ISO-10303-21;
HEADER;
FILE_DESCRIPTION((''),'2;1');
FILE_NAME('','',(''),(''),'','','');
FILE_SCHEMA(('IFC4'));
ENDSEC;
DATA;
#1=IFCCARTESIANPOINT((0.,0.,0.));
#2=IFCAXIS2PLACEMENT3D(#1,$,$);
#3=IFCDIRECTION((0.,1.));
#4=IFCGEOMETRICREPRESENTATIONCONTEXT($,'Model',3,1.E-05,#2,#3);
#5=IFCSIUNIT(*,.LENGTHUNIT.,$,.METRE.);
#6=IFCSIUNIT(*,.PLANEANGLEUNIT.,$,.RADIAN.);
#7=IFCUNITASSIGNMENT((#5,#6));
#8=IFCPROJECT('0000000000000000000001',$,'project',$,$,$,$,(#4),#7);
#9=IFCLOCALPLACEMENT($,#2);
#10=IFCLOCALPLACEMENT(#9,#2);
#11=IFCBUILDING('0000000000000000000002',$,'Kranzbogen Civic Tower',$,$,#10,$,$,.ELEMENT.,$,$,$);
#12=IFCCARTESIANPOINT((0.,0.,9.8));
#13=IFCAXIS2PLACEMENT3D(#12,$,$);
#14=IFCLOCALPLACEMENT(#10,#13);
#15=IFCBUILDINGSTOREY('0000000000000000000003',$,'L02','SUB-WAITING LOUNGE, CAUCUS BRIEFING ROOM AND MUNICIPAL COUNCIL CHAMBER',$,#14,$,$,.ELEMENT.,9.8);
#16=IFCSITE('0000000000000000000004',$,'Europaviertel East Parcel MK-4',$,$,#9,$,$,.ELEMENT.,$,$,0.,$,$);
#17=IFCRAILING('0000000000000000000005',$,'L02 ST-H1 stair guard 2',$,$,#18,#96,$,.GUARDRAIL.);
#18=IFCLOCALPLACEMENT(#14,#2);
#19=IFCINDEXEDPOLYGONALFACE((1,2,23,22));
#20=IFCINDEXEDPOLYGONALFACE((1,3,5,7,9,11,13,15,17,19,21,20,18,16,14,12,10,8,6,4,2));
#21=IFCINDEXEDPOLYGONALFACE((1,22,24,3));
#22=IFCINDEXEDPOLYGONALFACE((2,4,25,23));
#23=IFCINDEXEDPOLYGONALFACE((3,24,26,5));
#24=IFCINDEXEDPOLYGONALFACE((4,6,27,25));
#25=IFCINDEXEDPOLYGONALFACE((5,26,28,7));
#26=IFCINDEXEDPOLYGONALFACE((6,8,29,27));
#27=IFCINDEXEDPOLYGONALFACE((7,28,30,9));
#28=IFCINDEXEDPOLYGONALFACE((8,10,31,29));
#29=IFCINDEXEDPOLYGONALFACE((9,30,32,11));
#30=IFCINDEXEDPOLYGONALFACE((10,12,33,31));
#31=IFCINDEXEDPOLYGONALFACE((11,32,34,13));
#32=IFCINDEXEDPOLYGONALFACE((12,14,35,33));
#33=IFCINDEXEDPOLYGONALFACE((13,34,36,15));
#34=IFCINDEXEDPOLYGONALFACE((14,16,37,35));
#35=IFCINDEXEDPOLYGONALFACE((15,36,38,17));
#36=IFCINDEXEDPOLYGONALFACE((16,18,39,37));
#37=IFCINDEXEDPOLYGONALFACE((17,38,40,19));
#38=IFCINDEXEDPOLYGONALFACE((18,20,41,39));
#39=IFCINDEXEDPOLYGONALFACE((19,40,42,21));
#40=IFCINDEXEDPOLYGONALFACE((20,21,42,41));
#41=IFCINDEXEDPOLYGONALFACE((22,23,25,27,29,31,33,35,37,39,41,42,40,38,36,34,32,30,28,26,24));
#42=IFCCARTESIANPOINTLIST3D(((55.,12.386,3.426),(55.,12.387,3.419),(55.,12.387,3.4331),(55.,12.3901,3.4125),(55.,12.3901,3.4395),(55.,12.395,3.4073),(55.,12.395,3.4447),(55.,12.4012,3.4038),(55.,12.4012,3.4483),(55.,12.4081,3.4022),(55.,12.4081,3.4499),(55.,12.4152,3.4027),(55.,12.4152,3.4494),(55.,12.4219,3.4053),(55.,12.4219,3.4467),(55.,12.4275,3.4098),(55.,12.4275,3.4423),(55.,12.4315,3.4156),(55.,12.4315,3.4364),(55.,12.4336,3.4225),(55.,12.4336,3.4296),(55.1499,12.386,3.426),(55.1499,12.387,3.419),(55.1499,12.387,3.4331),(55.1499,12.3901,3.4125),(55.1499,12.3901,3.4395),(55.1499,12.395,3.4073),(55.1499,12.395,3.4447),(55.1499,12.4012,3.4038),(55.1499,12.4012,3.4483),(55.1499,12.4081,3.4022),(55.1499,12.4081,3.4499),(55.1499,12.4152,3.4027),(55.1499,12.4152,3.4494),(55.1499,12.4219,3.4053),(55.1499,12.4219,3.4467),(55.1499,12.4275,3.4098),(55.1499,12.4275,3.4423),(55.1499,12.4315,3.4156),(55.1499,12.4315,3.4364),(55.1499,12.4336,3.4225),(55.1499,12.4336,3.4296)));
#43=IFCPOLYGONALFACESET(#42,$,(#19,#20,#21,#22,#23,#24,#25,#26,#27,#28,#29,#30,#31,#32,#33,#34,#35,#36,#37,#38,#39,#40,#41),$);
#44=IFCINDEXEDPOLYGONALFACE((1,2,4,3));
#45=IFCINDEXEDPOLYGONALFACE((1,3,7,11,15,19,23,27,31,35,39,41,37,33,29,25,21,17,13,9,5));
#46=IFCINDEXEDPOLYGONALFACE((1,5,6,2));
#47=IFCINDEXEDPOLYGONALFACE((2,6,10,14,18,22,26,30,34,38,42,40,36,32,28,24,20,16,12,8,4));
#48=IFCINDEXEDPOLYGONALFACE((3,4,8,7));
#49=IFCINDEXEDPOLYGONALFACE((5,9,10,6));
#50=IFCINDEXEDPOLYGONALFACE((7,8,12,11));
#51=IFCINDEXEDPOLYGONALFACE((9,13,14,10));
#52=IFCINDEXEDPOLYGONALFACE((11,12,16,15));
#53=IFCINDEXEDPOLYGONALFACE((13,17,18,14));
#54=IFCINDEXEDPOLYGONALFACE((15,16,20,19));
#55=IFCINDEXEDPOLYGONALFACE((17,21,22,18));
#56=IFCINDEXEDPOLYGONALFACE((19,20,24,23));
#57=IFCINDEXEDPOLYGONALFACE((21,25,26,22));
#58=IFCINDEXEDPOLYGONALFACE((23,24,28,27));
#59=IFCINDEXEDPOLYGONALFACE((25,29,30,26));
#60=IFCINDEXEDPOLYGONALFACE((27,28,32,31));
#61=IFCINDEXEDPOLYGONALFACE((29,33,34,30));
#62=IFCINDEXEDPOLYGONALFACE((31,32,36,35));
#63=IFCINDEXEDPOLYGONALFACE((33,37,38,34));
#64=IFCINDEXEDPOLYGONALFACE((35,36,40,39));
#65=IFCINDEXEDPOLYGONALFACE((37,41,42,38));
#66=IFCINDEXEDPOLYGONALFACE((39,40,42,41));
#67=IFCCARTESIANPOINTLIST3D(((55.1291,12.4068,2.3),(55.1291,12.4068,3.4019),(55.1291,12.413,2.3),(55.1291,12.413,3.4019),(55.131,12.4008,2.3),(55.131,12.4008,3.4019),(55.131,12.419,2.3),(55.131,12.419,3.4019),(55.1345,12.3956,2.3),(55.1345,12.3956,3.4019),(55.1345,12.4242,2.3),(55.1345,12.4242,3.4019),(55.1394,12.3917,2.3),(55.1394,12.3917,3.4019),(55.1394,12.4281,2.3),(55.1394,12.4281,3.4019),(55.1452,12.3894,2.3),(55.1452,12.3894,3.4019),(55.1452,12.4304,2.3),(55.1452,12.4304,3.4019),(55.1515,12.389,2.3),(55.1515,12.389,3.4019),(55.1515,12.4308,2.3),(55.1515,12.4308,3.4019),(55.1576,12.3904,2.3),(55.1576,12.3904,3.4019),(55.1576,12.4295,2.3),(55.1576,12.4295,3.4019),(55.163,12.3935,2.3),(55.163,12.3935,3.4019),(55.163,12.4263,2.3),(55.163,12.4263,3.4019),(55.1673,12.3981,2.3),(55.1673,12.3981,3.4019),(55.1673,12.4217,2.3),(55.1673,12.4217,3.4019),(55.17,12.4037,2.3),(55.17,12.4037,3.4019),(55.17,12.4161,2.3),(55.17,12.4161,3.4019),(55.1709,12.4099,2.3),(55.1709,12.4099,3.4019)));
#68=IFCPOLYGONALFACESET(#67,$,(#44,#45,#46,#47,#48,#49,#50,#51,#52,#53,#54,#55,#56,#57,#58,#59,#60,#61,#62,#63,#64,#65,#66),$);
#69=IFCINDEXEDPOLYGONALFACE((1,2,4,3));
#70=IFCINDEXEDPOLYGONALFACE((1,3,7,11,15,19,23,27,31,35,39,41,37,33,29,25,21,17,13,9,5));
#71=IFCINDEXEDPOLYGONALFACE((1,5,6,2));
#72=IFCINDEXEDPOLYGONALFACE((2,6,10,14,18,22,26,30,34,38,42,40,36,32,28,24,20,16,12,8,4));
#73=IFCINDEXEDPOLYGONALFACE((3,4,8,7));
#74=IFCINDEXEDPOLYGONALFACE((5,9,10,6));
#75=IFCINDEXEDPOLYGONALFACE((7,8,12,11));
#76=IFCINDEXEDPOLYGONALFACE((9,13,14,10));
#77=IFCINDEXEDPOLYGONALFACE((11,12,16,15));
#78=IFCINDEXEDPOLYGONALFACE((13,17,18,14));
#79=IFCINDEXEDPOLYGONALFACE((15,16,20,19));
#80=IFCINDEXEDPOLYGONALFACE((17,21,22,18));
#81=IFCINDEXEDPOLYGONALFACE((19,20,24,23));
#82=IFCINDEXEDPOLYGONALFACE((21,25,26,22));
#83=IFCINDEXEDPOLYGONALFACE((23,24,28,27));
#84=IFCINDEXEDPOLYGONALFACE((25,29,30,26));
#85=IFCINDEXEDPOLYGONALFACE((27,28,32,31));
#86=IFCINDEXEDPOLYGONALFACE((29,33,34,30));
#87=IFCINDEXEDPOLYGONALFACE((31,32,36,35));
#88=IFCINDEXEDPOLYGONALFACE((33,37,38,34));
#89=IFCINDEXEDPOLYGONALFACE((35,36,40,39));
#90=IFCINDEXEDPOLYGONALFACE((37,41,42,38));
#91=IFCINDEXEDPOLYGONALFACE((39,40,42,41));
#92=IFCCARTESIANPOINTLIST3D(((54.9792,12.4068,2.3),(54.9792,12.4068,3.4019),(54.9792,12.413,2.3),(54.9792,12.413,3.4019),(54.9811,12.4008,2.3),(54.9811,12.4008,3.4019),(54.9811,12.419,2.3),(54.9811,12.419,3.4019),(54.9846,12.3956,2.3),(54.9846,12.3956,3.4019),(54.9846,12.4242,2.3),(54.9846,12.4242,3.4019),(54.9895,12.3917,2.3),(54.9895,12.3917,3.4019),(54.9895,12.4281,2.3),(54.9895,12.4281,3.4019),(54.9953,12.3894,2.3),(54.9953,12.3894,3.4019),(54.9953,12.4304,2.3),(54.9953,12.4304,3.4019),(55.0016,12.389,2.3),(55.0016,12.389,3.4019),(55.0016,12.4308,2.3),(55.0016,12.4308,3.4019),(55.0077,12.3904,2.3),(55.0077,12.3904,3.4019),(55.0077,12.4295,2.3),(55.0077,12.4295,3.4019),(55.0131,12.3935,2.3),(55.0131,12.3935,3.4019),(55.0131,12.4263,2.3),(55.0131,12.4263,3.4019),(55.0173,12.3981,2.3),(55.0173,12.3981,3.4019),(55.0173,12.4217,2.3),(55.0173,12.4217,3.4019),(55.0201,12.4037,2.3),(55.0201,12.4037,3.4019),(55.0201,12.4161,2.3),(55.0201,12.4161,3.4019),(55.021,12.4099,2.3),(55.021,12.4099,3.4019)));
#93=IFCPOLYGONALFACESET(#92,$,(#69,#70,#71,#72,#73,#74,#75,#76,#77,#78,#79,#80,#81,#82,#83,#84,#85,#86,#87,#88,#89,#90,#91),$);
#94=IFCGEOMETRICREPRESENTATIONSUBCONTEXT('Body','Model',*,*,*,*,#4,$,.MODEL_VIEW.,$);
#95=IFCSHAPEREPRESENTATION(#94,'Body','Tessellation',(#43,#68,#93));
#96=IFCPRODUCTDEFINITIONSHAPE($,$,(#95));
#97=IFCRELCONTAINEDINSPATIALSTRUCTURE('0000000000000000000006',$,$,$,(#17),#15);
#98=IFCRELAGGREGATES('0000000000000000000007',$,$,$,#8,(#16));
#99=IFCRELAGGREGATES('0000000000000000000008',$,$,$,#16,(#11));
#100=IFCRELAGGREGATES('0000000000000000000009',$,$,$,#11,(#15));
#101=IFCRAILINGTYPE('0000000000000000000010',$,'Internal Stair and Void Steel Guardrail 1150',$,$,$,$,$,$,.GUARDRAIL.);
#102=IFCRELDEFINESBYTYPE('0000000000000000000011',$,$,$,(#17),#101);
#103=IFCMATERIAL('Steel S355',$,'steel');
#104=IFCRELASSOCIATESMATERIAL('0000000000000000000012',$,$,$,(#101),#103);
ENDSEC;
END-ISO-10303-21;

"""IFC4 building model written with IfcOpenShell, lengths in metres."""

from ifc_helpers import new_model, si_unit, direction, frame, origin, origin_2d, place, context, subcontext, project, spatial, circle, extrude, material, type_object, element, save


model = new_model("IFC4")

# Units and contexts
model_context = context("Model", 3, precision=1e-05, world=origin(), true_north=direction((0.0, 1.0)))
body_context = subcontext(model_context, "Body", "Model", "MODEL_VIEW")
ifc_project = project(units=[si_unit("LENGTHUNIT", "METRE"), si_unit("PLANEANGLEUNIT", "RADIAN")], contexts=[model_context])

# Site, building, storey
site_placement = place(None, origin())
site = spatial("IfcSite", under=ifc_project, at=site_placement, Name="Europaviertel East Parcel MK-4", CompositionType="ELEMENT", RefElevation=0.0)
building_placement = place(site_placement, origin())
building = spatial("IfcBuilding", under=site, at=building_placement, Name="Kranzbogen Civic Tower", CompositionType="ELEMENT")
storey_placement = place(building_placement, frame((0.0, 0.0, 9.8)))
storey = spatial("IfcBuildingStorey", under=building, at=storey_placement, Name="L02", Description="SUB-WAITING LOUNGE, CAUCUS BRIEFING ROOM AND MUNICIPAL COUNCIL CHAMBER", CompositionType="ELEMENT", Elevation=9.8)

# Shared definitions
ifc_material_1 = material(Name="Steel S355", Category="steel")

# Railing
railing_type_1 = type_object("IfcRailingType", Name="Internal Stair and Void Steel Guardrail 1150", PredefinedType="GUARDRAIL", material=ifc_material_1)
railing_1_placement = place(storey_placement, frame((55.1499, 12.4099, 2.3)))
element("IfcRailing", 1, at=railing_1_placement, inside=storey, type_object=railing_type_1, Name="L02 ST-H1 stair guard 2", PredefinedType="GUARDRAIL", context=body_context, shape_type="SweptSolid", body=[
    extrude(circle(Radius=0.0239, at=origin_2d()), frame((0.0, 0.0, 1.126), z_axis=(-1.0, 0.0, 0.0), x_axis=(0.0, -1.0, 0.0)), (0.0, 0.0, 1.0), 0.1499),
    extrude(circle(Radius=0.021, at=origin_2d()), origin(), (0.0, 0.0, 1.0), 1.1018),
    extrude(circle(Radius=0.021, at=origin_2d()), frame((-0.1499, 0.0, 0.0)), (0.0, 0.0, 1.0), 1.1018),
])

save(model, "model.ifc")
